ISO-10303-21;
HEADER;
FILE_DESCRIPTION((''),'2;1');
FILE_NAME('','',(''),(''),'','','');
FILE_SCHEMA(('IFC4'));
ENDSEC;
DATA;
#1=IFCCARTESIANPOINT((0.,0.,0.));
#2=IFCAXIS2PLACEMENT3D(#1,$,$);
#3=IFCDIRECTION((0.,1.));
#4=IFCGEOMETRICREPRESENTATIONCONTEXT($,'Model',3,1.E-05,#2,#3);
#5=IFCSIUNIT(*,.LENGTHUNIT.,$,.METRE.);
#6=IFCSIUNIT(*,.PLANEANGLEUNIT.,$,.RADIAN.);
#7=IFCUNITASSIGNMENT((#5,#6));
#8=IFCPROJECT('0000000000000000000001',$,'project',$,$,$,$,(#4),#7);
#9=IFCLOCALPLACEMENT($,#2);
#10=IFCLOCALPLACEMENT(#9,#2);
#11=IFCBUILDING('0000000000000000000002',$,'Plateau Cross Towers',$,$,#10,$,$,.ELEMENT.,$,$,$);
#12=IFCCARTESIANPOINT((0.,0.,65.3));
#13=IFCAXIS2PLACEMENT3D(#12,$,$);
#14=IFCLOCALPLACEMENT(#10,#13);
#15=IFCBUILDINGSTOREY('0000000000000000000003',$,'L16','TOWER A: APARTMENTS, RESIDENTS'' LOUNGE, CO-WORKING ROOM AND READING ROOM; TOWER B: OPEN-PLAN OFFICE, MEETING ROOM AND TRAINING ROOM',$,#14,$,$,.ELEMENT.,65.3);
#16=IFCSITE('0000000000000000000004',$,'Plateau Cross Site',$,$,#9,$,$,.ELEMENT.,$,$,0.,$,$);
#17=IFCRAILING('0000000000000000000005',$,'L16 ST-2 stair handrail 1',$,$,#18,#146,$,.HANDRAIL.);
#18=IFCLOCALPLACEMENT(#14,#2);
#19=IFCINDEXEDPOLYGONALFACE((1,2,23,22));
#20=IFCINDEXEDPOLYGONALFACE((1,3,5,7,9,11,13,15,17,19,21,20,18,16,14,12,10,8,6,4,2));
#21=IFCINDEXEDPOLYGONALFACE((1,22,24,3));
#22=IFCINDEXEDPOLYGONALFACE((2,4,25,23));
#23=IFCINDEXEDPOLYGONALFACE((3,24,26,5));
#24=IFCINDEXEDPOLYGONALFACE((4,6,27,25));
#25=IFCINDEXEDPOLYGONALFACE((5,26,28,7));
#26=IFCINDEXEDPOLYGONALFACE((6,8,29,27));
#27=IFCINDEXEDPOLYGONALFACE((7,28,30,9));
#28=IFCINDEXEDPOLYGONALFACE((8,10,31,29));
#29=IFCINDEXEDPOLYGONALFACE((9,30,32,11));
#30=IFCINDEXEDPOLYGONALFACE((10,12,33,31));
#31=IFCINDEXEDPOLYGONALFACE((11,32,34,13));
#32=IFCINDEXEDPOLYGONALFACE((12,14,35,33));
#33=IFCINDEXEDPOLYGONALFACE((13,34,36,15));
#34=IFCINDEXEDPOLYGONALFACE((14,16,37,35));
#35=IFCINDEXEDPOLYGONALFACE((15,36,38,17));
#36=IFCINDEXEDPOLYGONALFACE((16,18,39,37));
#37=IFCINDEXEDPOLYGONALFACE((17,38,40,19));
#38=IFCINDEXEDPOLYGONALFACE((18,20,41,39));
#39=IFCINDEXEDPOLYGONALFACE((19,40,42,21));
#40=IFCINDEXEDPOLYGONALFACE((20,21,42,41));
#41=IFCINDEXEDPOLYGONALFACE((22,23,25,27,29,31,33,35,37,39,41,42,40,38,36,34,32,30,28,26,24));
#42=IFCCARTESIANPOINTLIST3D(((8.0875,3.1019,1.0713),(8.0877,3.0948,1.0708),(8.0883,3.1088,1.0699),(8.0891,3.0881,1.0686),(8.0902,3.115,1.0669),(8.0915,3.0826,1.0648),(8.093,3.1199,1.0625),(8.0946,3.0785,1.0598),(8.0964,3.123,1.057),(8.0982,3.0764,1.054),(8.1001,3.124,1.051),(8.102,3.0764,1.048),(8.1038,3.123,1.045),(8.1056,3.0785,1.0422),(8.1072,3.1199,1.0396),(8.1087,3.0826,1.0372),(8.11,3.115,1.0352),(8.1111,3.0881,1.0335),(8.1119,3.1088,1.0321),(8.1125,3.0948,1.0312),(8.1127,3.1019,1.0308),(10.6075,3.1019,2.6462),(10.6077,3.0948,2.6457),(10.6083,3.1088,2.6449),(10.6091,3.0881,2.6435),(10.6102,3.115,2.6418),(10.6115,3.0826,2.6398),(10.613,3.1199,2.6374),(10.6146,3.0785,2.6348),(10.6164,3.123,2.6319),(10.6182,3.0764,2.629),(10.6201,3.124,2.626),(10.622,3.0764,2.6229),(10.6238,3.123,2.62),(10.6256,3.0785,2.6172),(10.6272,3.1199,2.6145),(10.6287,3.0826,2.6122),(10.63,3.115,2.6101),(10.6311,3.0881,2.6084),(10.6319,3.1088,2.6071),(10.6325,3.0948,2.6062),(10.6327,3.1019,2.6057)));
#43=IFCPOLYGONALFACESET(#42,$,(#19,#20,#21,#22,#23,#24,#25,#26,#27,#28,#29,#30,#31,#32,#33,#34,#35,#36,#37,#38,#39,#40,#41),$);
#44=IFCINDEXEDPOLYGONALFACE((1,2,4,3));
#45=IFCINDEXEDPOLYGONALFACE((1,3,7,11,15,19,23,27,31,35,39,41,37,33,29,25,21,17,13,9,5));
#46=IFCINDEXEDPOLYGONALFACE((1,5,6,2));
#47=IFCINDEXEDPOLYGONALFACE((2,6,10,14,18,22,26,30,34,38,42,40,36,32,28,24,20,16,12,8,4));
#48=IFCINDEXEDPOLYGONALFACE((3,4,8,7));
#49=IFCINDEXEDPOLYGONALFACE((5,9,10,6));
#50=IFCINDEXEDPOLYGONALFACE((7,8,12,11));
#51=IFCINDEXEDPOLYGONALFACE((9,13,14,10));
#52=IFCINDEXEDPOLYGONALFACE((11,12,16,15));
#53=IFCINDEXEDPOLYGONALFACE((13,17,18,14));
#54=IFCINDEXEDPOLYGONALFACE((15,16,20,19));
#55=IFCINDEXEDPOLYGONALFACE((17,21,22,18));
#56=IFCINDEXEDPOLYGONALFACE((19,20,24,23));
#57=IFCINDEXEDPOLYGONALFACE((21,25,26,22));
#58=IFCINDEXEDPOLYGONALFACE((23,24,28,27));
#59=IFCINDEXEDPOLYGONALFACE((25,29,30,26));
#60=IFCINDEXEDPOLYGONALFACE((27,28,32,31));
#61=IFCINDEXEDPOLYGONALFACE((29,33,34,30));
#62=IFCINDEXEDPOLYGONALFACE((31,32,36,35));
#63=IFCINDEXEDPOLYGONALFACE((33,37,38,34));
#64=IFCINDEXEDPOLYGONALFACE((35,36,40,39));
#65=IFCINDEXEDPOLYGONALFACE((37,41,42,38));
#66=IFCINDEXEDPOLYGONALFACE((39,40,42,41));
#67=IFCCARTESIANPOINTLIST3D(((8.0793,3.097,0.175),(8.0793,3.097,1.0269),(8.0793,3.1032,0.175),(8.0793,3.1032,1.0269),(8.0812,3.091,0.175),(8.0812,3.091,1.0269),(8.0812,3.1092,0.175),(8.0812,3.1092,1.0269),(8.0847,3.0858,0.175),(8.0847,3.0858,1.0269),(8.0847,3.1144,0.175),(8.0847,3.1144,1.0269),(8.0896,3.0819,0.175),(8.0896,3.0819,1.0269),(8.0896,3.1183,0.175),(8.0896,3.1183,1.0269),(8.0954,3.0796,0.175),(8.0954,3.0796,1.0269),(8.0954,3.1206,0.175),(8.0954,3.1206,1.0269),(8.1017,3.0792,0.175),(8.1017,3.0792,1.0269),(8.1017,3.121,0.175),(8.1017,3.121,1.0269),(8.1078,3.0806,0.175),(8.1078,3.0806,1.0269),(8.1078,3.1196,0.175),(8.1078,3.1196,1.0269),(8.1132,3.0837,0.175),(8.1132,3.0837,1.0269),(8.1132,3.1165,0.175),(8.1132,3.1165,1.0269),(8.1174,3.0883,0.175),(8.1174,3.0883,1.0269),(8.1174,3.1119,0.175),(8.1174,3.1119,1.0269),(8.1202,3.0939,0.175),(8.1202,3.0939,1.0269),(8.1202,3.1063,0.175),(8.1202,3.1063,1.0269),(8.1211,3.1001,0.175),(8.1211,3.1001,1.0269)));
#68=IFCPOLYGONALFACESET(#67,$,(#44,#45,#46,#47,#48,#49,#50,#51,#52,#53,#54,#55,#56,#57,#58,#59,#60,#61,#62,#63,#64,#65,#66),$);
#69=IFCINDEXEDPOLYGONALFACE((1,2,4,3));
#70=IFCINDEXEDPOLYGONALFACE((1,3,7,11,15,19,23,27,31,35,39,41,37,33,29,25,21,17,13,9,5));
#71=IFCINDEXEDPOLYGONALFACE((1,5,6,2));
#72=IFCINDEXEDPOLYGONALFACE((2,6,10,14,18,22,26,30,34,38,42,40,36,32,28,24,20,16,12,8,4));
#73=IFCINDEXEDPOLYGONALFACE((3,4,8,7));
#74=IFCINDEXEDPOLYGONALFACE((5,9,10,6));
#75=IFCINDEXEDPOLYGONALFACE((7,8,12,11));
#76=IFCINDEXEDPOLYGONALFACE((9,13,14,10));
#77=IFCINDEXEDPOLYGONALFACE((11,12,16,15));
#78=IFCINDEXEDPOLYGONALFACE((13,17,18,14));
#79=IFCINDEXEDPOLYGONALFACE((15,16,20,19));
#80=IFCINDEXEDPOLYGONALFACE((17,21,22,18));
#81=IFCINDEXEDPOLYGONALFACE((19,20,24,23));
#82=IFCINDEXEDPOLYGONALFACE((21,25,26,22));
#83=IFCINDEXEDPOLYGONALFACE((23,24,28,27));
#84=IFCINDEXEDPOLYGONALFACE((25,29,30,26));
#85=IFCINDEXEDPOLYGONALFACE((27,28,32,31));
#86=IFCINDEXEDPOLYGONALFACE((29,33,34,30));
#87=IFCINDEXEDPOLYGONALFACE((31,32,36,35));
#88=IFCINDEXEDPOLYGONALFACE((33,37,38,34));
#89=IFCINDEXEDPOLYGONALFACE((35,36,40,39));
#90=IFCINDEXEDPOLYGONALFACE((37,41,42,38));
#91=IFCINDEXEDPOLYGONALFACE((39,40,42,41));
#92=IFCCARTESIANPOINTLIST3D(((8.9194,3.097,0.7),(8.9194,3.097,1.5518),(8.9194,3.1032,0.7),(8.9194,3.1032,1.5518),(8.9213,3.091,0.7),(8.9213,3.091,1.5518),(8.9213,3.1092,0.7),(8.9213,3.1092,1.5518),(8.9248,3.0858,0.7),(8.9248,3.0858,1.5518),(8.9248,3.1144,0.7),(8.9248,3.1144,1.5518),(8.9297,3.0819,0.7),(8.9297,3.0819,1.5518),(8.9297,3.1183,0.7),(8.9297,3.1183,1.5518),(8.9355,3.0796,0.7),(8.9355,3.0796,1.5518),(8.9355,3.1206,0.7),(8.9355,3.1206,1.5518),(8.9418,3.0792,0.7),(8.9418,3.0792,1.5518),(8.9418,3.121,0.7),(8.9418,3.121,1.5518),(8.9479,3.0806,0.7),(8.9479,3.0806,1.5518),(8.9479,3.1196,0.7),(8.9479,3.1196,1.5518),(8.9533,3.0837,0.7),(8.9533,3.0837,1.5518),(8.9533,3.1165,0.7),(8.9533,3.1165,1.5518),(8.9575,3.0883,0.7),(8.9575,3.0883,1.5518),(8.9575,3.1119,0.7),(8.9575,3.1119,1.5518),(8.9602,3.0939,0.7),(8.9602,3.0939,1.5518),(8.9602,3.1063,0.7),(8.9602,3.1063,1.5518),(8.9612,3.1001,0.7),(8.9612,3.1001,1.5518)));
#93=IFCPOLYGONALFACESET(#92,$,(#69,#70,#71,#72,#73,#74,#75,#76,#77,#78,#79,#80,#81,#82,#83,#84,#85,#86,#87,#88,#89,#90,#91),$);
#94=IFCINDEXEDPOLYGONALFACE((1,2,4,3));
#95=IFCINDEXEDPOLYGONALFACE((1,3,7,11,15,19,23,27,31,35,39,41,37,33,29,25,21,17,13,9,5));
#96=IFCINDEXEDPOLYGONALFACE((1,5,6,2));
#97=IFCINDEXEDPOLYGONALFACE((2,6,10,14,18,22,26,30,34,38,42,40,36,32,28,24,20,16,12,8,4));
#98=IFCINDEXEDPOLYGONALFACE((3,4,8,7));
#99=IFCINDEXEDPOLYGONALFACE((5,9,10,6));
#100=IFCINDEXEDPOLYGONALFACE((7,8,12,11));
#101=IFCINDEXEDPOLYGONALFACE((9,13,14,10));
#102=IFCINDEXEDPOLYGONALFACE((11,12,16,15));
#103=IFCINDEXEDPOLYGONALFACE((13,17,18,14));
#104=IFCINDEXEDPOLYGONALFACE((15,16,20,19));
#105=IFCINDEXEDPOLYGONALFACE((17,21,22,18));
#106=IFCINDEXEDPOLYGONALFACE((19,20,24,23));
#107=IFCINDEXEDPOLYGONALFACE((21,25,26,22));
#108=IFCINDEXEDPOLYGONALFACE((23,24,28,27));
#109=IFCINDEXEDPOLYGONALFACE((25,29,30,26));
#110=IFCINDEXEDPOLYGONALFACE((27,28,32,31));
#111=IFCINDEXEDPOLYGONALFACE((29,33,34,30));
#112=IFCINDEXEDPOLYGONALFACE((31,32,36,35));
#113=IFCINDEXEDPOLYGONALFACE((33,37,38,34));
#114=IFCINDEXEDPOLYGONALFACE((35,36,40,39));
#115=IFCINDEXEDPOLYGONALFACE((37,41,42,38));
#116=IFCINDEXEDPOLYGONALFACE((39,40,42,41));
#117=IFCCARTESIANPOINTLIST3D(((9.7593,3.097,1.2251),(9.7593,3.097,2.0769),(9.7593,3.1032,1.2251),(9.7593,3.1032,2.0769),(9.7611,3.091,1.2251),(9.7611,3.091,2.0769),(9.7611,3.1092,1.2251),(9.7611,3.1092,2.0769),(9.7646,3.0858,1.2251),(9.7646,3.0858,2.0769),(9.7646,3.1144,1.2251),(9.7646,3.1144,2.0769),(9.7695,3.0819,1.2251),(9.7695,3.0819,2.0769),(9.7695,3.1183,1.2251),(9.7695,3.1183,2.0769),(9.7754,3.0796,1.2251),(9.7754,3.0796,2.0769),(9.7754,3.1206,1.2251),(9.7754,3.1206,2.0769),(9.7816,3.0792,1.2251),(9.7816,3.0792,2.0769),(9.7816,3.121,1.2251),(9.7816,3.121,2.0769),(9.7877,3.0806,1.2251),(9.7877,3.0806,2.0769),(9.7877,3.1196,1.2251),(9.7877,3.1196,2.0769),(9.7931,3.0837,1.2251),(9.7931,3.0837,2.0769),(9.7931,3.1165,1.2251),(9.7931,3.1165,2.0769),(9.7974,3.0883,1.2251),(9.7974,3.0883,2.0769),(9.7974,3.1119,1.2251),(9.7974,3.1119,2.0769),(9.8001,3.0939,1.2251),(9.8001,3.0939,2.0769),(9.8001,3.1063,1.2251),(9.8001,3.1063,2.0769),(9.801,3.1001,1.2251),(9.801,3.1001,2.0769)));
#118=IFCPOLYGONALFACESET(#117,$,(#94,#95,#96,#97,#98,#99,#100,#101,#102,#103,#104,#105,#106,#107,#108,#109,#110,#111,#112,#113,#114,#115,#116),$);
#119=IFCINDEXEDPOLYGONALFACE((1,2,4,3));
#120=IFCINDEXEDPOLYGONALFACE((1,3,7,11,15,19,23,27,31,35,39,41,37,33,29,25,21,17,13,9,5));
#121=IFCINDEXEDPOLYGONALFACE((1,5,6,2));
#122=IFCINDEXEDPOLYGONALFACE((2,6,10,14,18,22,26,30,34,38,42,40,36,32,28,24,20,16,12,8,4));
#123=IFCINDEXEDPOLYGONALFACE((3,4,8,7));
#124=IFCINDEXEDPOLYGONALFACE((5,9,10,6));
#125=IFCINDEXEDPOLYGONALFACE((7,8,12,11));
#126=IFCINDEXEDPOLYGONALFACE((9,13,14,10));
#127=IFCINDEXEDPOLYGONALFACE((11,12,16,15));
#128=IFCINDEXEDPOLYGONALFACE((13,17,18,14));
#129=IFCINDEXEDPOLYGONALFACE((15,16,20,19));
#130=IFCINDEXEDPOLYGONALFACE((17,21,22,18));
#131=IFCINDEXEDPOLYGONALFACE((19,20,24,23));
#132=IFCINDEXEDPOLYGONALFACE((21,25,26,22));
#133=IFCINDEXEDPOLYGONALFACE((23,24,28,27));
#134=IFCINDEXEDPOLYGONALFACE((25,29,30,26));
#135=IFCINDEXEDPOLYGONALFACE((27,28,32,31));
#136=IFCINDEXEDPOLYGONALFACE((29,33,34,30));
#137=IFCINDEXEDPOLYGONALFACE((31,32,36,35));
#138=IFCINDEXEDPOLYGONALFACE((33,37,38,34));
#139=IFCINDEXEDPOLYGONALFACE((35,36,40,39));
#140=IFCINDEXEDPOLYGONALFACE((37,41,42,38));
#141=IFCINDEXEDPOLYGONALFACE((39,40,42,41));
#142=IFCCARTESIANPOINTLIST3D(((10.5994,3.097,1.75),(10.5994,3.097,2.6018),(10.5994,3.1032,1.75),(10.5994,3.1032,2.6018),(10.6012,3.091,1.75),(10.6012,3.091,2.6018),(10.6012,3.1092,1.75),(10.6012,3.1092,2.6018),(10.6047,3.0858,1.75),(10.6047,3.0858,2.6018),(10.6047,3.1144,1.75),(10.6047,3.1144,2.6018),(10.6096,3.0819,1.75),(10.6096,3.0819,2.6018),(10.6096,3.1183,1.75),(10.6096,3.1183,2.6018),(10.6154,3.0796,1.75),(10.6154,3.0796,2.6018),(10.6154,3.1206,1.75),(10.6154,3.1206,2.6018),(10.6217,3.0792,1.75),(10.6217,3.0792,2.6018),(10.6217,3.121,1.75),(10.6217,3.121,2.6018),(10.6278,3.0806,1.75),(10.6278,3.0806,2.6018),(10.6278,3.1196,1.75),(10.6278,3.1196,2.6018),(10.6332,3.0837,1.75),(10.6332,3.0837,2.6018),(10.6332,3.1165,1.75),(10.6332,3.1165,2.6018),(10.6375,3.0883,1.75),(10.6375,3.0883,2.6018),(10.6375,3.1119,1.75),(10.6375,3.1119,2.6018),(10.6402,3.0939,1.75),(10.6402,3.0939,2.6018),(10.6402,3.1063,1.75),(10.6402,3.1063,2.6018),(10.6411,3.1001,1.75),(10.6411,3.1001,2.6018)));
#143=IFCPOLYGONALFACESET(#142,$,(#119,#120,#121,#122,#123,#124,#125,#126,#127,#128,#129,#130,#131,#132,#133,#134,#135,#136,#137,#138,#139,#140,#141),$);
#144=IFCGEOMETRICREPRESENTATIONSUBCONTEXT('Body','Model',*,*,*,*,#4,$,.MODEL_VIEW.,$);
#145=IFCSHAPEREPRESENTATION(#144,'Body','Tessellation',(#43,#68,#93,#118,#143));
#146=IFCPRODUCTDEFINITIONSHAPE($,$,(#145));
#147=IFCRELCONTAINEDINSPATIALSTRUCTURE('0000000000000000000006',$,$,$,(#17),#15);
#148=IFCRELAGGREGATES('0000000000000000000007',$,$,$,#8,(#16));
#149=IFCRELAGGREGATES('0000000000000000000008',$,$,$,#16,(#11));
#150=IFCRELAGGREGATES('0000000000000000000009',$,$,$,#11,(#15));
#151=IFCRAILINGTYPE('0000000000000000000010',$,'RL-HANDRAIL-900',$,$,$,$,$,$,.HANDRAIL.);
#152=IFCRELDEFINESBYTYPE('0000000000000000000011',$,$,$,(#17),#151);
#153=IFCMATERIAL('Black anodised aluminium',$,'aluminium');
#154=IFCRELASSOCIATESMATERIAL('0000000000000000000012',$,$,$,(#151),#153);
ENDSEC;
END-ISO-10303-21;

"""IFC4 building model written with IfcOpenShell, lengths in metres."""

from ifc_helpers import new_model, si_unit, direction, frame, origin, origin_2d, place, context, subcontext, project, spatial, circle, extrude, material, type_object, element, save


model = new_model("IFC4")

# Units and contexts
model_context = context("Model", 3, precision=1e-05, world=origin(), true_north=direction((0.0, 1.0)))
body_context = subcontext(model_context, "Body", "Model", "MODEL_VIEW")
ifc_project = project(units=[si_unit("LENGTHUNIT", "METRE"), si_unit("PLANEANGLEUNIT", "RADIAN")], contexts=[model_context])

# Site, building, storey
site_placement = place(None, origin())
site = spatial("IfcSite", under=ifc_project, at=site_placement, Name="Plateau Cross Site", CompositionType="ELEMENT", RefElevation=0.0)
building_placement = place(site_placement, origin())
building = spatial("IfcBuilding", under=site, at=building_placement, Name="Plateau Cross Towers", CompositionType="ELEMENT")
storey_placement = place(building_placement, frame((0.0, 0.0, 65.3)))
storey = spatial("IfcBuildingStorey", under=building, at=storey_placement, Name="L16", Description="TOWER A: APARTMENTS, RESIDENTS' LOUNGE, CO-WORKING ROOM AND READING ROOM; TOWER B: OPEN-PLAN OFFICE, MEETING ROOM AND TRAINING ROOM", CompositionType="ELEMENT", Elevation=65.3)

# Shared definitions
ifc_material_1 = material(Name="Black anodised aluminium", Category="aluminium")

# Railing
railing_type_1 = type_object("IfcRailingType", Name="RL-HANDRAIL-900", PredefinedType="HANDRAIL", material=ifc_material_1)
railing_1_placement = place(storey_placement, frame((8.1001, 3.1001, 0.175)))
element("IfcRailing", 1, at=railing_1_placement, inside=storey, type_object=railing_type_1, Name="L16 ST-2 stair handrail 1", PredefinedType="HANDRAIL", context=body_context, shape_type="SweptSolid", body=[
    extrude(circle(Radius=0.0239, at=origin_2d()), frame((0.0, 0.0, 0.876), z_axis=(0.848008, 0.0, 0.529984), x_axis=(0.0, 1.0, 0.0)), (0.0, 0.0, 1.0), 2.9717),
    extrude(circle(Radius=0.021, at=origin_2d()), origin(), (0.0, 0.0, 1.0), 0.8518),
    extrude(circle(Radius=0.021, at=origin_2d()), frame((0.8401, 0.0, 0.5249)), (0.0, 0.0, 1.0), 0.8518),
    extrude(circle(Radius=0.021, at=origin_2d()), frame((1.6799, 0.0, 1.05)), (0.0, 0.0, 1.0), 0.8518),
    extrude(circle(Radius=0.021, at=origin_2d()), frame((2.52, 0.0, 1.575)), (0.0, 0.0, 1.0), 0.8518),
])

save(model, "model.ifc")
